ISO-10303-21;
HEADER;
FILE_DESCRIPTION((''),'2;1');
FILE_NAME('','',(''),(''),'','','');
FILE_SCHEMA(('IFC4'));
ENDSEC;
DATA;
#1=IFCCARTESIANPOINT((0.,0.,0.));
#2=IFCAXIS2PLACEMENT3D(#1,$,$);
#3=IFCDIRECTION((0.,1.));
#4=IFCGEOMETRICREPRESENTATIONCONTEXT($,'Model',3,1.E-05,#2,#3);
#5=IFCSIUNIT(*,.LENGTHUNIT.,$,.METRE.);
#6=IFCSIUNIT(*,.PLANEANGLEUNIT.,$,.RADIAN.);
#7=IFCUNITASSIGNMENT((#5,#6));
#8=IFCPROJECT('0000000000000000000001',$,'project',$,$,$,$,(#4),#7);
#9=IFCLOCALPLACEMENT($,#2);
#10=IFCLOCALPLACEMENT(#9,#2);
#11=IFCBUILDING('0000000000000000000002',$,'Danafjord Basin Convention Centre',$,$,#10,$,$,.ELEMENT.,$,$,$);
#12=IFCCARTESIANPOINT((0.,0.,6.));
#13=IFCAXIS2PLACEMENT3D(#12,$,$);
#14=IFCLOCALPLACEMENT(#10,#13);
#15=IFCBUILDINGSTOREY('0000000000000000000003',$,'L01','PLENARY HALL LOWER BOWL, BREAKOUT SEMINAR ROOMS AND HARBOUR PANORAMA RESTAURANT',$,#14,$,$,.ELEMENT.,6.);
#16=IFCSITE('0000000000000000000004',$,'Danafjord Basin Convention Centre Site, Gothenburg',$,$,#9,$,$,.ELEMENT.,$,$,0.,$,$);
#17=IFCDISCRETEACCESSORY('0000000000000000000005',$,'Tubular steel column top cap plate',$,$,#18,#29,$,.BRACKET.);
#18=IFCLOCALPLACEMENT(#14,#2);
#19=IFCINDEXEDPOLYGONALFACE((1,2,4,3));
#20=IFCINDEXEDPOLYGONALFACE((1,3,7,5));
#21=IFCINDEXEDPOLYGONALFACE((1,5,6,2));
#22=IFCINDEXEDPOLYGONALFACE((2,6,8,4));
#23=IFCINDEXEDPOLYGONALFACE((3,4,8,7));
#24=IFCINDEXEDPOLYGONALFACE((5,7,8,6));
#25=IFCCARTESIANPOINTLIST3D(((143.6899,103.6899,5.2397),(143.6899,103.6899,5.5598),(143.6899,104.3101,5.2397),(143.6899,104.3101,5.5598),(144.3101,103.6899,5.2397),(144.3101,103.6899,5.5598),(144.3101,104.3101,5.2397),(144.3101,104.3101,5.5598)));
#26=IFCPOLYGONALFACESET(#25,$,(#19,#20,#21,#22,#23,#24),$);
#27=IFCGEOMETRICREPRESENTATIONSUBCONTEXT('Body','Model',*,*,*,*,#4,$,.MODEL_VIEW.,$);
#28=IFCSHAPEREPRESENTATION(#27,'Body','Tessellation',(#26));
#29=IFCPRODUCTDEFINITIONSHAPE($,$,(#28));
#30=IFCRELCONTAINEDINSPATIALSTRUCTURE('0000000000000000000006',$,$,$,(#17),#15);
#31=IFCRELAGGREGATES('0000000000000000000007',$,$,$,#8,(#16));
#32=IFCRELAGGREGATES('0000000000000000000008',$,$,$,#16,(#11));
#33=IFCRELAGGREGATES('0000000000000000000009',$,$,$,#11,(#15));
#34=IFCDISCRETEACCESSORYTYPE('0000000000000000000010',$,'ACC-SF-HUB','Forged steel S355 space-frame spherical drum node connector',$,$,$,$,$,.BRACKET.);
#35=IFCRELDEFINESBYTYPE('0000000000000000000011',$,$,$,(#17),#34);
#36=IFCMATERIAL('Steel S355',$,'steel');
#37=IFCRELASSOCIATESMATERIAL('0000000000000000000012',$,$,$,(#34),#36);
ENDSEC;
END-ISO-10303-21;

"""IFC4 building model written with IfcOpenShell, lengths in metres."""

from ifc_helpers import new_model, si_unit, direction, frame, origin, origin_2d, place, context, subcontext, project, spatial, rectangle, extrude, material, type_object, element, save


model = new_model("IFC4")

# Units and contexts
model_context = context("Model", 3, precision=1e-05, world=origin(), true_north=direction((0.0, 1.0)))
body_context = subcontext(model_context, "Body", "Model", "MODEL_VIEW")
ifc_project = project(units=[si_unit("LENGTHUNIT", "METRE"), si_unit("PLANEANGLEUNIT", "RADIAN")], contexts=[model_context])

# Site, building, storey
site_placement = place(None, origin())
site = spatial("IfcSite", under=ifc_project, at=site_placement, Name="Danafjord Basin Convention Centre Site, Gothenburg", CompositionType="ELEMENT", RefElevation=0.0)
building_placement = place(site_placement, origin())
building = spatial("IfcBuilding", under=site, at=building_placement, Name="Danafjord Basin Convention Centre", CompositionType="ELEMENT")
storey_placement = place(building_placement, frame((0.0, 0.0, 6.0)))
storey = spatial("IfcBuildingStorey", under=building, at=storey_placement, Name="L01", Description="PLENARY HALL LOWER BOWL, BREAKOUT SEMINAR ROOMS AND HARBOUR PANORAMA RESTAURANT", CompositionType="ELEMENT", Elevation=6.0)

# Shared definitions
ifc_material_1 = material(Name="Steel S355", Category="steel")

# Discrete accessory
discrete_accessory_type = type_object("IfcDiscreteAccessoryType", Name="ACC-SF-HUB", Description="Forged steel S355 space-frame spherical drum node connector", PredefinedType="BRACKET", material=ifc_material_1)
for number, where, z_axis, x_axis, name in (
    (1, (144.0, 104.0, 5.2397), (0.0, 0.0, 1.0), (1.0, 0.0, 0.0), "Tubular steel column top cap plate"),
):
    element("IfcDiscreteAccessory", number, at=place(storey_placement, frame(where, z_axis=z_axis, x_axis=x_axis)), inside=storey, type_object=discrete_accessory_type, Name=name, PredefinedType="BRACKET", context=body_context, shape_type="SweptSolid", body=[
        extrude(rectangle(XDim=0.6201, YDim=0.6201, at=origin_2d()), origin(), (0.0, 0.0, 1.0), 0.3201),
    ])

save(model, "model.ifc")
